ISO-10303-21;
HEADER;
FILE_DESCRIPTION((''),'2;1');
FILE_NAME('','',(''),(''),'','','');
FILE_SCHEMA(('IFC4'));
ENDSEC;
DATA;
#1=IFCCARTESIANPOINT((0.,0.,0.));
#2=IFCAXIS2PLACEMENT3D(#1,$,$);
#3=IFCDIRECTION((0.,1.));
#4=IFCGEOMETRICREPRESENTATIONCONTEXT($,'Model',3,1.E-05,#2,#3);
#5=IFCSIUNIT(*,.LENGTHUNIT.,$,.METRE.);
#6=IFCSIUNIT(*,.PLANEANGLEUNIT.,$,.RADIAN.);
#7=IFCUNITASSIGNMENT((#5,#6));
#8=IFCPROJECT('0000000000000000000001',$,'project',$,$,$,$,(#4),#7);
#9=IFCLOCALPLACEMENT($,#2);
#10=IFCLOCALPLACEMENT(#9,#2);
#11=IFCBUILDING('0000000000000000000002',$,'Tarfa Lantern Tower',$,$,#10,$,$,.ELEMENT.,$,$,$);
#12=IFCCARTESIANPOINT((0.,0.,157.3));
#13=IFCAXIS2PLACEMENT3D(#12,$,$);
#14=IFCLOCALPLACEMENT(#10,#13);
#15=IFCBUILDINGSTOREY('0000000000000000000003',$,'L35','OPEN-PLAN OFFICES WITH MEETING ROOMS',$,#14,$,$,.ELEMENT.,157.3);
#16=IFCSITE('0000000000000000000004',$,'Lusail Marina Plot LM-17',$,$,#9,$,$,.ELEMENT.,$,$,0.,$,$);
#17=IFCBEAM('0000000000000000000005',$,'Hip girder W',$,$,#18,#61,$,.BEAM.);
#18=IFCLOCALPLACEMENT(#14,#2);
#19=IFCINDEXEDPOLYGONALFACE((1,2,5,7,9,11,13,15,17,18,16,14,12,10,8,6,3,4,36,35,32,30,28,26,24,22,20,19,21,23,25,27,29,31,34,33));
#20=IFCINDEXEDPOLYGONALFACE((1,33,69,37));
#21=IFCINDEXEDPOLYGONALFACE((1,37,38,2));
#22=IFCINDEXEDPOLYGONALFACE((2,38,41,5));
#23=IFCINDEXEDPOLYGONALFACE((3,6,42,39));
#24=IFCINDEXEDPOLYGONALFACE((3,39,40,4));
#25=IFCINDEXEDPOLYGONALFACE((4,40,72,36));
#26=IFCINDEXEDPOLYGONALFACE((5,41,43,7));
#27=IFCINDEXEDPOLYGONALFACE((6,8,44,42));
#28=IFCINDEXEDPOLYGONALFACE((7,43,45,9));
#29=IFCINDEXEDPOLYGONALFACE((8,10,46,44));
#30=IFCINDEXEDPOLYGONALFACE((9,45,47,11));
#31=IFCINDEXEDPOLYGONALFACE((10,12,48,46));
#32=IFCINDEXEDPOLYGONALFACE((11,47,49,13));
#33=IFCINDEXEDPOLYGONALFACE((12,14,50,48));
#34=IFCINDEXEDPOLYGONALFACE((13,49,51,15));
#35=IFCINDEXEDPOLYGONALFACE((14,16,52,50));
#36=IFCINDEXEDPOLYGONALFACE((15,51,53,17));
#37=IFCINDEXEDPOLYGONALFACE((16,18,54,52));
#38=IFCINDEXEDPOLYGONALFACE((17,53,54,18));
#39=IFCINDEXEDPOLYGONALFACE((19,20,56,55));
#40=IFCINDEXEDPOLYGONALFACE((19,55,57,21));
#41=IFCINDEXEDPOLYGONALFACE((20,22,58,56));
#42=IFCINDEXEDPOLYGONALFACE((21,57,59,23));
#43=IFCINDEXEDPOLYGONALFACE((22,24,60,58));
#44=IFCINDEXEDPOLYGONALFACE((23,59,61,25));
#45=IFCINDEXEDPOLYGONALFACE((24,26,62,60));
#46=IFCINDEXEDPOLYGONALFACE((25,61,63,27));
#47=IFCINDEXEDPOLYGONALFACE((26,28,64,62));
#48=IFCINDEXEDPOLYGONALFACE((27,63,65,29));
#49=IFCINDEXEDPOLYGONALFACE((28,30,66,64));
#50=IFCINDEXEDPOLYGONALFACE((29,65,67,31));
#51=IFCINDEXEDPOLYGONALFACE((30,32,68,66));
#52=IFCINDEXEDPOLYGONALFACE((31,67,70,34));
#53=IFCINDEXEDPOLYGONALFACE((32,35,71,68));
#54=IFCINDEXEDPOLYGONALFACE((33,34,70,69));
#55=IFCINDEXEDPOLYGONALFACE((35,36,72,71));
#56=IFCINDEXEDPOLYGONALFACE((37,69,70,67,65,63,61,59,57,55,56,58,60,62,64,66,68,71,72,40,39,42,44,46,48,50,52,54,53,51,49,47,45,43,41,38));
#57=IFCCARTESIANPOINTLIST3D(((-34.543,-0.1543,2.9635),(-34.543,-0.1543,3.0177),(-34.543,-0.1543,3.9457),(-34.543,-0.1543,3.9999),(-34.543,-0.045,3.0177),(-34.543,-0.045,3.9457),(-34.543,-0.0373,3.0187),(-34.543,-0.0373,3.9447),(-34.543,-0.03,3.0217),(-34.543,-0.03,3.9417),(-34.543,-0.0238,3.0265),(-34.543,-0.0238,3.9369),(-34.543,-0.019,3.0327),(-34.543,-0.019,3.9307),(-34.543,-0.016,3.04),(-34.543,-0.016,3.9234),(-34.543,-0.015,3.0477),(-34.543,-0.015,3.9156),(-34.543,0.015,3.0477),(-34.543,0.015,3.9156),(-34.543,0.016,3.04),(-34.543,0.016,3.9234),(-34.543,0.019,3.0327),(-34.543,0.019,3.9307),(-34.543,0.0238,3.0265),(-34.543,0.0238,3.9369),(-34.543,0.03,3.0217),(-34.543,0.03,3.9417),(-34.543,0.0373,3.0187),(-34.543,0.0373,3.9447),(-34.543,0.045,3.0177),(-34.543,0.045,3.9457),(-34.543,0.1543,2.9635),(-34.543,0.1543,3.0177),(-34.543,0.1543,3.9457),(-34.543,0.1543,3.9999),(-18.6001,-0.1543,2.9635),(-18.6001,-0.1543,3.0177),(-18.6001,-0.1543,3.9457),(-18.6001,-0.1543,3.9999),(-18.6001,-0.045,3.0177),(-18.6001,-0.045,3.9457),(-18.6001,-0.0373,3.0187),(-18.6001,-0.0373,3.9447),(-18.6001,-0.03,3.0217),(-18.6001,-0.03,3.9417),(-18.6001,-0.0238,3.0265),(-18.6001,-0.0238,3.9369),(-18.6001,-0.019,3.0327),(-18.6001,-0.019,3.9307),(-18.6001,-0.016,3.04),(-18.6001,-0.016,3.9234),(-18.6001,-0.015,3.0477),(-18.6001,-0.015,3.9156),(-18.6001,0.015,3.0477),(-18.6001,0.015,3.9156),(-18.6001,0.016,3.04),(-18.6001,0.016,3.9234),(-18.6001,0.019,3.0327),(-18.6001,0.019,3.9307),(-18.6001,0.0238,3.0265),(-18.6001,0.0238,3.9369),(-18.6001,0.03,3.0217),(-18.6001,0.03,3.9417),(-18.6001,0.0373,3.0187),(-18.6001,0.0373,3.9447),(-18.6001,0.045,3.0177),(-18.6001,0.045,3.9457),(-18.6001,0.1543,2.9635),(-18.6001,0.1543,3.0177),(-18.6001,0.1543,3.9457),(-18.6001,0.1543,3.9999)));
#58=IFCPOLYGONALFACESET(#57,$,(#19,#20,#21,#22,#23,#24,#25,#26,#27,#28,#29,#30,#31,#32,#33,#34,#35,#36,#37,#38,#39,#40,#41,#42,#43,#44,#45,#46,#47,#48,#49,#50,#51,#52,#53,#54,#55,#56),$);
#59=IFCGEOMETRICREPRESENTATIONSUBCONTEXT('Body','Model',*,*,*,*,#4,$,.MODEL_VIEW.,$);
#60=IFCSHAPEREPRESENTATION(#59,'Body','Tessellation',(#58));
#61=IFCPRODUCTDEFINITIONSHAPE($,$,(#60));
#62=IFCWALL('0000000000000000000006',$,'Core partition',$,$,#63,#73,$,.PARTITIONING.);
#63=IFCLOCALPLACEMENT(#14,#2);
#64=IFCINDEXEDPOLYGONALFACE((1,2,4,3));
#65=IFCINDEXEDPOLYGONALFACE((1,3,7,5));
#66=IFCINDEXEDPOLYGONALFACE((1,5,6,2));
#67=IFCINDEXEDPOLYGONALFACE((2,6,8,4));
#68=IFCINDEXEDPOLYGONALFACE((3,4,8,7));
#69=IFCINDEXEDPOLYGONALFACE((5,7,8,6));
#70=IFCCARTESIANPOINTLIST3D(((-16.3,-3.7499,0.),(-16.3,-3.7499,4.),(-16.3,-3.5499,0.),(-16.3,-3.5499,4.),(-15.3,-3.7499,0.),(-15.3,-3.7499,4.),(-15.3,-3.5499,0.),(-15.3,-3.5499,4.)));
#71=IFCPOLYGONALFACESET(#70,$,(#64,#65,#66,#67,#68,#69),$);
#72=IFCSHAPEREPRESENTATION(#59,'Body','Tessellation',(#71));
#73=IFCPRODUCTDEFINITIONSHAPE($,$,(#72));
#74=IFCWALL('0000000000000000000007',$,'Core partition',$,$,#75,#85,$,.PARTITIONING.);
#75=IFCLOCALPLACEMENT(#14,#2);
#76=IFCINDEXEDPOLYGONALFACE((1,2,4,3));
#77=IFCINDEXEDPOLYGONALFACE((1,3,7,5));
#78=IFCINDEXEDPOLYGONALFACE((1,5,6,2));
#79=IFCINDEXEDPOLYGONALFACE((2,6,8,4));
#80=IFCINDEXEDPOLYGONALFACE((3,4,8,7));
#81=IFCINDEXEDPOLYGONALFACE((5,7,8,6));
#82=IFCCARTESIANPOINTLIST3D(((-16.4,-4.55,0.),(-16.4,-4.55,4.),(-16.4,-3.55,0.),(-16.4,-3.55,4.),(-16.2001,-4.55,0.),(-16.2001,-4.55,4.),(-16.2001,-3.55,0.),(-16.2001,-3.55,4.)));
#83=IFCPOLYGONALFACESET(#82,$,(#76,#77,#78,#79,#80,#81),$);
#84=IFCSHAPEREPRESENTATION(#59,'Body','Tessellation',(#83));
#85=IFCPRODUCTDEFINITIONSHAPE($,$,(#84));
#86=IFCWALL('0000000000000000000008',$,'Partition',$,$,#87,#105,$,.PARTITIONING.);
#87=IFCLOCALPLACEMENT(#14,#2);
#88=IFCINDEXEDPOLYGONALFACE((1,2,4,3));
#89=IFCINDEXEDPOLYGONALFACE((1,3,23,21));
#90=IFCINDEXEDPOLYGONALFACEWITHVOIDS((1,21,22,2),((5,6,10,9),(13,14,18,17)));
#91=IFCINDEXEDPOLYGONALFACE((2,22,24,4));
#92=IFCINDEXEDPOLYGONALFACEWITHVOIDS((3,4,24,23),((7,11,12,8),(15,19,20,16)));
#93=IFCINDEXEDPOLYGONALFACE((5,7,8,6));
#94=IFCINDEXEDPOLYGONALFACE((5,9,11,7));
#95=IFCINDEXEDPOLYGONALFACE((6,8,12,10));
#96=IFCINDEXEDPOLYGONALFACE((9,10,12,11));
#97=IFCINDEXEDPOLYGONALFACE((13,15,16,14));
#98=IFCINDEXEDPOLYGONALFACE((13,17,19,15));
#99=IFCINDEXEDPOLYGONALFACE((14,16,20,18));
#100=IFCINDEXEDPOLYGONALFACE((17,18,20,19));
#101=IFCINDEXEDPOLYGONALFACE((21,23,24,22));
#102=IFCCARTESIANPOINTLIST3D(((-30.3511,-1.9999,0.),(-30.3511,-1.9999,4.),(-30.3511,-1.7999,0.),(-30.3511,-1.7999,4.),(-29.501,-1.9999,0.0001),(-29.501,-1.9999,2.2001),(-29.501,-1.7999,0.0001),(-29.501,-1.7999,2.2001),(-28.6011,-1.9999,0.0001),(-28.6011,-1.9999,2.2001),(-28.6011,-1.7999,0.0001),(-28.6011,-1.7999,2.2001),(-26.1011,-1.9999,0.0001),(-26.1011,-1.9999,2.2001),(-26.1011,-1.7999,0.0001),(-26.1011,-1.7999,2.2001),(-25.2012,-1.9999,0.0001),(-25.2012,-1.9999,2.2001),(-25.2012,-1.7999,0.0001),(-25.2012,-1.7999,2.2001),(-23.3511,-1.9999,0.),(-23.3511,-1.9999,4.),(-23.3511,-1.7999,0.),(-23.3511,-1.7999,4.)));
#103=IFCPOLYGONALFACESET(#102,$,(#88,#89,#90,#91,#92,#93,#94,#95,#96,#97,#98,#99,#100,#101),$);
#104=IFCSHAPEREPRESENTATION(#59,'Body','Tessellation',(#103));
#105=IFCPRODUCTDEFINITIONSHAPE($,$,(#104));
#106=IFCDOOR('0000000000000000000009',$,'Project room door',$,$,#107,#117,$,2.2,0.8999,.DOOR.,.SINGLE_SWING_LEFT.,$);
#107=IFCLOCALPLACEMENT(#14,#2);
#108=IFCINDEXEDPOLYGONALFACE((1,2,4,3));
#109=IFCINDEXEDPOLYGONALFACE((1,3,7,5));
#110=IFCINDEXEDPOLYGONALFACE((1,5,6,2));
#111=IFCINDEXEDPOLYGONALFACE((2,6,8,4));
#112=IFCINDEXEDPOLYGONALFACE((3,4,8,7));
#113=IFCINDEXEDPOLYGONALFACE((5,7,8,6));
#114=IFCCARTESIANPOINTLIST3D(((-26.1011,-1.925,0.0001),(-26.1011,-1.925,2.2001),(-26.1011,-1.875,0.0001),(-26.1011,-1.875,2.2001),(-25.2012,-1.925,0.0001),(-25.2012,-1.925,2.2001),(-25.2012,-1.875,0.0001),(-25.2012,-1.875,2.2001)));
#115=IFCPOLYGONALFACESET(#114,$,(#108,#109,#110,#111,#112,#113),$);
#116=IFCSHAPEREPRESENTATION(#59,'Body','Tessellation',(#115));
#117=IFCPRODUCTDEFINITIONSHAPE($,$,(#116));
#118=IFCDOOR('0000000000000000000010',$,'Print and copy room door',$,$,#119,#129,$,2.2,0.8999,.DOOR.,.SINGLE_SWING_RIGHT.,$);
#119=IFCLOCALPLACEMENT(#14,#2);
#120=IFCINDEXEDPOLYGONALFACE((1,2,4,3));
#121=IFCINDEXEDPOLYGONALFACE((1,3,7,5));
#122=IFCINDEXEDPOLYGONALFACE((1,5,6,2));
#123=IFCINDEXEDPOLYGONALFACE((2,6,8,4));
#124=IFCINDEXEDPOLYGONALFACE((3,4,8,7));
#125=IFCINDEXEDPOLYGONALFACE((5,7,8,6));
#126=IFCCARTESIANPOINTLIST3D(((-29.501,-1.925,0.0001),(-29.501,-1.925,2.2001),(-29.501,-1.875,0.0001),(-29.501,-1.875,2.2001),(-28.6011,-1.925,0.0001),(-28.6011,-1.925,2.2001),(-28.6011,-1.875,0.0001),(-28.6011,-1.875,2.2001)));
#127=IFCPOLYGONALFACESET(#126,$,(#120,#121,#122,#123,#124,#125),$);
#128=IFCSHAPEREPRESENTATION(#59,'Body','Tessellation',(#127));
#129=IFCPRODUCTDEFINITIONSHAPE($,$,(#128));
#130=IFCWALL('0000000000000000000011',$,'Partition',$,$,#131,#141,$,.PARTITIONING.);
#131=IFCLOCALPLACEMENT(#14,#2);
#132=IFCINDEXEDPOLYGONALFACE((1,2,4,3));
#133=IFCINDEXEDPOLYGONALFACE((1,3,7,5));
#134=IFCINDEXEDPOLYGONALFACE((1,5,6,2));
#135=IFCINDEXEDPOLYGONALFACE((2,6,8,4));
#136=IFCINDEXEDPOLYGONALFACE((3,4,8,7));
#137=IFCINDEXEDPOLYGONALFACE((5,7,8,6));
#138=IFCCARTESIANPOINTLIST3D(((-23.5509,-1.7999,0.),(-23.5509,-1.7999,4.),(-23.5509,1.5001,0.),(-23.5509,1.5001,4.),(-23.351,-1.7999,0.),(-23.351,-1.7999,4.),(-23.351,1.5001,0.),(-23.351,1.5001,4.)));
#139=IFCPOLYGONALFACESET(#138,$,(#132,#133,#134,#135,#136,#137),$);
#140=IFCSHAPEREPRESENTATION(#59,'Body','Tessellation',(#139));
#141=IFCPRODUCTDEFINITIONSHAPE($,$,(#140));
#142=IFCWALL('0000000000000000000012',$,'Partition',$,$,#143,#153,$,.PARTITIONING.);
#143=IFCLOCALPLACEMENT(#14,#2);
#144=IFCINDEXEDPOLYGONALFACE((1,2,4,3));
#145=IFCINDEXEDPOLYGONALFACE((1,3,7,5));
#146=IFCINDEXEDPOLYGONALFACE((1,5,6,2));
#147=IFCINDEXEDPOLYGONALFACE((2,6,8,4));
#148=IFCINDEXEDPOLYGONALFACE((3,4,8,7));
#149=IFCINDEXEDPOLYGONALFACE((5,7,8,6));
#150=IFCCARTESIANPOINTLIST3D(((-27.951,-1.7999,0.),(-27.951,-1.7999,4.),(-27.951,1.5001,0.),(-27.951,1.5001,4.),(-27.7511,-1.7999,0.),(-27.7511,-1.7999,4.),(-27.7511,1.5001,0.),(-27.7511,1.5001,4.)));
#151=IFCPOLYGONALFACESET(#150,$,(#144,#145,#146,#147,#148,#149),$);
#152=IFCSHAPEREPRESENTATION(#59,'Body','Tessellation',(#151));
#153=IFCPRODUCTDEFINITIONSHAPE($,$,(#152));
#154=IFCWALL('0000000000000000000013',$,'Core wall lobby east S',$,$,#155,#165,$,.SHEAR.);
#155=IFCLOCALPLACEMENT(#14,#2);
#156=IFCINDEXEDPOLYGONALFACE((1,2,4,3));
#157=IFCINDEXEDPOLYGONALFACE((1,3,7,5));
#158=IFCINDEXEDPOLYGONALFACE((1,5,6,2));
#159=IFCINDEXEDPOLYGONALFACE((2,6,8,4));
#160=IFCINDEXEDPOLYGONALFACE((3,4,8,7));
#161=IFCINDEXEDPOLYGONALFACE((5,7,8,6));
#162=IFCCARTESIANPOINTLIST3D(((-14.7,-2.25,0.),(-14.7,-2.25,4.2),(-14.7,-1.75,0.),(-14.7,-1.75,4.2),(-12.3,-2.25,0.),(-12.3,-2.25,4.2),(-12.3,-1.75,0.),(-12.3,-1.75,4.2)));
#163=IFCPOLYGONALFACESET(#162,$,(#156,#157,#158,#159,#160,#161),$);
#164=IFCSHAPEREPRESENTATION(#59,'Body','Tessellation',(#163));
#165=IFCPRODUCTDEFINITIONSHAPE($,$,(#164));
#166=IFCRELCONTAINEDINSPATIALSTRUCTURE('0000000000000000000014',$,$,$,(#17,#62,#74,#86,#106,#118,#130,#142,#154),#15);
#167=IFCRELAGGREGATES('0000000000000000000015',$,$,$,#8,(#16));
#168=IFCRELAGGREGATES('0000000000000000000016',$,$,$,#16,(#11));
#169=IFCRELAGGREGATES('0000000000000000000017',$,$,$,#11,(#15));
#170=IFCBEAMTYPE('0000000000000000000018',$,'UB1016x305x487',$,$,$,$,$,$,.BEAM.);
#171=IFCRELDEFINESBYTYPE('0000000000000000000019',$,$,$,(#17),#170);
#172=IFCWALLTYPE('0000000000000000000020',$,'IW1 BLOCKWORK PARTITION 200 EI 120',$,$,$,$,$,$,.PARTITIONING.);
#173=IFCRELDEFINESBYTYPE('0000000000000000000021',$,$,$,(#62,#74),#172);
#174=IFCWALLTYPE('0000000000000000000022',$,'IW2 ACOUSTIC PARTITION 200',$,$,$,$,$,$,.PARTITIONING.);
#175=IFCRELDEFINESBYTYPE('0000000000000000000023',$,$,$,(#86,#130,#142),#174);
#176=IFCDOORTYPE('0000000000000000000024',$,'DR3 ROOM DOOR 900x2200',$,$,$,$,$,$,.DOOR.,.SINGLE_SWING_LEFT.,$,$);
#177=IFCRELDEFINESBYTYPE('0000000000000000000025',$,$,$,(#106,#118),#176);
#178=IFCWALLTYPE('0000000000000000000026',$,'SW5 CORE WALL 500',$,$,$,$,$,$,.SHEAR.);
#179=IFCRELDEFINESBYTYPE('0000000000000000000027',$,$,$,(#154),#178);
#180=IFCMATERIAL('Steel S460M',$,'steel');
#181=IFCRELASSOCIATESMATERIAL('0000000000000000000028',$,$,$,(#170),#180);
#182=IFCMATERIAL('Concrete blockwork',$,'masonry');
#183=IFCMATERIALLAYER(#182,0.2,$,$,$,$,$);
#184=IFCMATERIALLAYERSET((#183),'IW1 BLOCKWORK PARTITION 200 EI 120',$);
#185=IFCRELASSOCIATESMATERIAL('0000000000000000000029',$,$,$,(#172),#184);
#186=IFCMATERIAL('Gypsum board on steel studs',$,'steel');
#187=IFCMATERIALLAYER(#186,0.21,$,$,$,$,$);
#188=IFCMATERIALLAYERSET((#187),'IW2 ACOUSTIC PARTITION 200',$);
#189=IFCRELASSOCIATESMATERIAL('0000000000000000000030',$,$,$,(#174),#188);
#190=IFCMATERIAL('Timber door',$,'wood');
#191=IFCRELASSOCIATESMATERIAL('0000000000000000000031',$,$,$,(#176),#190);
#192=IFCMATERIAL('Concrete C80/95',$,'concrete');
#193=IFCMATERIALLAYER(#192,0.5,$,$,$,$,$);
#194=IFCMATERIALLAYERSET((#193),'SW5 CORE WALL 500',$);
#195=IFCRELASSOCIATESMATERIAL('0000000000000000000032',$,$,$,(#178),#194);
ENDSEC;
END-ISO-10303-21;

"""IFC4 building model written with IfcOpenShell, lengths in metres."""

from ifc_helpers import new_model, si_unit, direction, frame, frame_2d, origin, origin_2d, place, context, subcontext, project, spatial, rectangle, i_section, extrude, material, layer, layer_set, material_profile, profile_set, type_object, element, fill, save


model = new_model("IFC4")

# Units and contexts
model_context = context("Model", 3, precision=1e-05, world=origin(), true_north=direction((0.0, 1.0)))
body_context = subcontext(model_context, "Body", "Model", "MODEL_VIEW")
ifc_project = project(units=[si_unit("LENGTHUNIT", "METRE"), si_unit("PLANEANGLEUNIT", "RADIAN")], contexts=[model_context])

# Site, building, storey
site_placement = place(None, origin())
site = spatial("IfcSite", under=ifc_project, at=site_placement, Name="Lusail Marina Plot LM-17", CompositionType="ELEMENT", RefElevation=0.0)
building_placement = place(site_placement, origin())
building = spatial("IfcBuilding", under=site, at=building_placement, Name="Tarfa Lantern Tower", CompositionType="ELEMENT")
storey_placement = place(building_placement, frame((0.0, 0.0, 157.3)))
storey = spatial("IfcBuildingStorey", under=building, at=storey_placement, Name="L35", Description="OPEN-PLAN OFFICES WITH MEETING ROOMS", CompositionType="ELEMENT", Elevation=157.3)

# Beam
ifc_material_1 = material(Name="Steel S460M", Category="steel")
ifc_material_profile = material_profile(ifc_material_1, i_section(OverallWidth=0.3086, OverallDepth=1.0364, WebThickness=0.03, FlangeThickness=0.0542, FilletRadius=0.03, at=origin_2d()), Name="UB1016x305x487")
ifc_profile_set = profile_set([ifc_material_profile], Name="Steel S460M")
beam_type = type_object("IfcBeamType", Name="UB1016x305x487", PredefinedType="BEAM", material=ifc_profile_set)
beam_placement = place(storey_placement, frame((-18.6001, 0.0, 3.4817), z_axis=(-1.0, 0.0, 0.0), x_axis=(0.0, -1.0, 0.0)))
element("IfcBeam", 1, at=beam_placement, inside=storey, type_object=beam_type, Name="Hip girder W", PredefinedType="BEAM", context=body_context, shape_type="SweptSolid", body=[
    extrude(i_section(OverallWidth=0.3086, OverallDepth=1.0364, WebThickness=0.03, FlangeThickness=0.0542, FilletRadius=0.03, at=origin_2d()), origin(), (0.0, 0.0, 1.0), 15.9429),
])

# Walls
ifc_material_2 = material(Name="Concrete blockwork", Category="masonry")
ifc_layer_1 = layer(ifc_material_2, 0.2)
ifc_layer_set_1 = layer_set([ifc_layer_1], Name="IW1 BLOCKWORK PARTITION 200 EI 120")
wall_type_1 = type_object("IfcWallType", Name="IW1 BLOCKWORK PARTITION 200 EI 120", PredefinedType="PARTITIONING", material=ifc_layer_set_1)
for number, where, z_axis, x_axis, name in (
    (2, (-15.3, -3.6499, 0.0), (0.0, 0.0, 1.0), (-1.0, 0.0, 0.0), "Core partition"),
    (3, (-16.3, -3.55, 0.0), (0.0, 0.0, 1.0), (0.0, -1.0, 0.0), "Core partition"),
):
    element("IfcWall", number, at=place(storey_placement, frame(where, z_axis=z_axis, x_axis=x_axis)), inside=storey, type_object=wall_type_1, Name=name, PredefinedType="PARTITIONING", context=body_context, shape_type="SweptSolid", body=[
        extrude(rectangle(XDim=1.0, YDim=0.2, at=frame_2d((0.5, 0.0))), origin(), (0.0, 0.0, 1.0), 4.0),
    ])

# Wall, openings, doors
ifc_material_3 = material(Name="Gypsum board on steel studs", Category="steel")
ifc_layer_2 = layer(ifc_material_3, 0.21)
ifc_layer_set_2 = layer_set([ifc_layer_2], Name="IW2 ACOUSTIC PARTITION 200")
wall_type_2 = type_object("IfcWallType", Name="IW2 ACOUSTIC PARTITION 200", PredefinedType="PARTITIONING", material=ifc_layer_set_2)
wall_1_placement = place(storey_placement, frame((-23.3511, -1.8999, 0.0), z_axis=(0.0, 0.0, 1.0), x_axis=(-1.0, 0.0, 0.0)))
wall_1 = element("IfcWall", 4, at=wall_1_placement, inside=storey, type_object=wall_type_2, Name="Partition", PredefinedType="PARTITIONING", context=body_context, shape_type="SweptSolid", body=[
    extrude(rectangle(XDim=7.0, YDim=0.2, at=frame_2d((3.5, 0.0))), origin(), (0.0, 0.0, 1.0), 4.0),
])
opening_1_placement = place(wall_1_placement, frame((1.8501, 0.0, 0.0)))
opening_1 = element("IfcOpeningElement", 5, at=opening_1_placement, cuts=wall_1, PredefinedType="OPENING", context=body_context, shape_type="SweptSolid", body=[
    extrude(rectangle(XDim=0.8999, YDim=2.2, at=frame_2d((0.45, 1.1001))), frame((0.0, 0.1099, 0.0), z_axis=(0.0, -1.0, 0.0), x_axis=(1.0, 0.0, 0.0)), (0.0, 0.0, 1.0), 0.22),
])
opening_2_placement = place(wall_1_placement, frame((5.25, 0.0, 0.0)))
opening_2 = element("IfcOpeningElement", 6, at=opening_2_placement, cuts=wall_1, PredefinedType="OPENING", context=body_context, shape_type="SweptSolid", body=[
    extrude(rectangle(XDim=0.8999, YDim=2.2, at=frame_2d((0.45, 1.1001))), frame((0.0, 0.1099, 0.0), z_axis=(0.0, -1.0, 0.0), x_axis=(1.0, 0.0, 0.0)), (0.0, 0.0, 1.0), 0.22),
])
ifc_material_4 = material(Name="Timber door", Category="wood")
door_type_1 = type_object("IfcDoorType", Name="DR3 ROOM DOOR 900x2200", OperationType="SINGLE_SWING_LEFT", PredefinedType="DOOR", material=ifc_material_4)
door_1_placement = place(opening_1_placement, frame((0.8999, 0.0, 0.0), z_axis=(0.0, 0.0, 1.0), x_axis=(-1.0, 0.0, 0.0)))
door_1 = element("IfcDoor", 7, at=door_1_placement, inside=storey, type_object=door_type_1, Name="Project room door", OperationType="SINGLE_SWING_LEFT", OverallHeight=2.2, OverallWidth=0.8999, PredefinedType="DOOR", context=body_context, shape_type="SweptSolid", body=[
    extrude(rectangle(XDim=0.8999, YDim=2.2, at=frame_2d((0.45, 1.1001))), frame((0.0, 0.0249, 0.0), z_axis=(0.0, -1.0, 0.0), x_axis=(1.0, 0.0, 0.0)), (0.0, 0.0, 1.0), 0.05),
])
fill(opening_1, door_1)
door_2_placement = place(opening_2_placement, frame((0.8999, 0.0, 0.0), z_axis=(0.0, 0.0, 1.0), x_axis=(-1.0, 0.0, 0.0)))
door_2 = element("IfcDoor", 8, at=door_2_placement, inside=storey, type_object=door_type_1, Name="Print and copy room door", OperationType="SINGLE_SWING_RIGHT", OverallHeight=2.2, OverallWidth=0.8999, PredefinedType="DOOR", context=body_context, shape_type="SweptSolid", body=[
    extrude(rectangle(XDim=0.8999, YDim=2.2, at=frame_2d((0.45, 1.1001))), frame((0.0, 0.0249, 0.0), z_axis=(0.0, -1.0, 0.0), x_axis=(1.0, 0.0, 0.0)), (0.0, 0.0, 1.0), 0.05),
])
fill(opening_2, door_2)

# Walls
for number, where, z_axis, x_axis, name in (
    (9, (-23.4509, 1.5, 0.0), (0.0, 0.0, 1.0), (0.0, -1.0, 0.0), "Partition"),
    (10, (-27.8511, 1.5, 0.0), (0.0, 0.0, 1.0), (0.0, -1.0, 0.0), "Partition"),
):
    element("IfcWall", number, at=place(storey_placement, frame(where, z_axis=z_axis, x_axis=x_axis)), inside=storey, type_object=wall_type_2, Name=name, PredefinedType="PARTITIONING", context=body_context, shape_type="SweptSolid", body=[
        extrude(rectangle(XDim=3.3, YDim=0.2, at=frame_2d((1.6499, 0.0))), origin(), (0.0, 0.0, 1.0), 4.0),
    ])
ifc_material_5 = material(Name="Concrete C80/95", Category="concrete")
ifc_layer_3 = layer(ifc_material_5, 0.5)
ifc_layer_set_3 = layer_set([ifc_layer_3], Name="SW5 CORE WALL 500")
wall_type_3 = type_object("IfcWallType", Name="SW5 CORE WALL 500", PredefinedType="SHEAR", material=ifc_layer_set_3)
wall_2_placement = place(storey_placement, frame((-12.3, -2.0, 0.0), z_axis=(0.0, 0.0, 1.0), x_axis=(-1.0, 0.0, 0.0)))
element("IfcWall", 11, at=wall_2_placement, inside=storey, type_object=wall_type_3, Name="Core wall lobby east S", PredefinedType="SHEAR", context=body_context, shape_type="SweptSolid", body=[
    extrude(rectangle(XDim=2.3999, YDim=0.5, at=frame_2d((1.2, 0.0))), origin(), (0.0, 0.0, 1.0), 4.2),
])

save(model, "model.ifc")
